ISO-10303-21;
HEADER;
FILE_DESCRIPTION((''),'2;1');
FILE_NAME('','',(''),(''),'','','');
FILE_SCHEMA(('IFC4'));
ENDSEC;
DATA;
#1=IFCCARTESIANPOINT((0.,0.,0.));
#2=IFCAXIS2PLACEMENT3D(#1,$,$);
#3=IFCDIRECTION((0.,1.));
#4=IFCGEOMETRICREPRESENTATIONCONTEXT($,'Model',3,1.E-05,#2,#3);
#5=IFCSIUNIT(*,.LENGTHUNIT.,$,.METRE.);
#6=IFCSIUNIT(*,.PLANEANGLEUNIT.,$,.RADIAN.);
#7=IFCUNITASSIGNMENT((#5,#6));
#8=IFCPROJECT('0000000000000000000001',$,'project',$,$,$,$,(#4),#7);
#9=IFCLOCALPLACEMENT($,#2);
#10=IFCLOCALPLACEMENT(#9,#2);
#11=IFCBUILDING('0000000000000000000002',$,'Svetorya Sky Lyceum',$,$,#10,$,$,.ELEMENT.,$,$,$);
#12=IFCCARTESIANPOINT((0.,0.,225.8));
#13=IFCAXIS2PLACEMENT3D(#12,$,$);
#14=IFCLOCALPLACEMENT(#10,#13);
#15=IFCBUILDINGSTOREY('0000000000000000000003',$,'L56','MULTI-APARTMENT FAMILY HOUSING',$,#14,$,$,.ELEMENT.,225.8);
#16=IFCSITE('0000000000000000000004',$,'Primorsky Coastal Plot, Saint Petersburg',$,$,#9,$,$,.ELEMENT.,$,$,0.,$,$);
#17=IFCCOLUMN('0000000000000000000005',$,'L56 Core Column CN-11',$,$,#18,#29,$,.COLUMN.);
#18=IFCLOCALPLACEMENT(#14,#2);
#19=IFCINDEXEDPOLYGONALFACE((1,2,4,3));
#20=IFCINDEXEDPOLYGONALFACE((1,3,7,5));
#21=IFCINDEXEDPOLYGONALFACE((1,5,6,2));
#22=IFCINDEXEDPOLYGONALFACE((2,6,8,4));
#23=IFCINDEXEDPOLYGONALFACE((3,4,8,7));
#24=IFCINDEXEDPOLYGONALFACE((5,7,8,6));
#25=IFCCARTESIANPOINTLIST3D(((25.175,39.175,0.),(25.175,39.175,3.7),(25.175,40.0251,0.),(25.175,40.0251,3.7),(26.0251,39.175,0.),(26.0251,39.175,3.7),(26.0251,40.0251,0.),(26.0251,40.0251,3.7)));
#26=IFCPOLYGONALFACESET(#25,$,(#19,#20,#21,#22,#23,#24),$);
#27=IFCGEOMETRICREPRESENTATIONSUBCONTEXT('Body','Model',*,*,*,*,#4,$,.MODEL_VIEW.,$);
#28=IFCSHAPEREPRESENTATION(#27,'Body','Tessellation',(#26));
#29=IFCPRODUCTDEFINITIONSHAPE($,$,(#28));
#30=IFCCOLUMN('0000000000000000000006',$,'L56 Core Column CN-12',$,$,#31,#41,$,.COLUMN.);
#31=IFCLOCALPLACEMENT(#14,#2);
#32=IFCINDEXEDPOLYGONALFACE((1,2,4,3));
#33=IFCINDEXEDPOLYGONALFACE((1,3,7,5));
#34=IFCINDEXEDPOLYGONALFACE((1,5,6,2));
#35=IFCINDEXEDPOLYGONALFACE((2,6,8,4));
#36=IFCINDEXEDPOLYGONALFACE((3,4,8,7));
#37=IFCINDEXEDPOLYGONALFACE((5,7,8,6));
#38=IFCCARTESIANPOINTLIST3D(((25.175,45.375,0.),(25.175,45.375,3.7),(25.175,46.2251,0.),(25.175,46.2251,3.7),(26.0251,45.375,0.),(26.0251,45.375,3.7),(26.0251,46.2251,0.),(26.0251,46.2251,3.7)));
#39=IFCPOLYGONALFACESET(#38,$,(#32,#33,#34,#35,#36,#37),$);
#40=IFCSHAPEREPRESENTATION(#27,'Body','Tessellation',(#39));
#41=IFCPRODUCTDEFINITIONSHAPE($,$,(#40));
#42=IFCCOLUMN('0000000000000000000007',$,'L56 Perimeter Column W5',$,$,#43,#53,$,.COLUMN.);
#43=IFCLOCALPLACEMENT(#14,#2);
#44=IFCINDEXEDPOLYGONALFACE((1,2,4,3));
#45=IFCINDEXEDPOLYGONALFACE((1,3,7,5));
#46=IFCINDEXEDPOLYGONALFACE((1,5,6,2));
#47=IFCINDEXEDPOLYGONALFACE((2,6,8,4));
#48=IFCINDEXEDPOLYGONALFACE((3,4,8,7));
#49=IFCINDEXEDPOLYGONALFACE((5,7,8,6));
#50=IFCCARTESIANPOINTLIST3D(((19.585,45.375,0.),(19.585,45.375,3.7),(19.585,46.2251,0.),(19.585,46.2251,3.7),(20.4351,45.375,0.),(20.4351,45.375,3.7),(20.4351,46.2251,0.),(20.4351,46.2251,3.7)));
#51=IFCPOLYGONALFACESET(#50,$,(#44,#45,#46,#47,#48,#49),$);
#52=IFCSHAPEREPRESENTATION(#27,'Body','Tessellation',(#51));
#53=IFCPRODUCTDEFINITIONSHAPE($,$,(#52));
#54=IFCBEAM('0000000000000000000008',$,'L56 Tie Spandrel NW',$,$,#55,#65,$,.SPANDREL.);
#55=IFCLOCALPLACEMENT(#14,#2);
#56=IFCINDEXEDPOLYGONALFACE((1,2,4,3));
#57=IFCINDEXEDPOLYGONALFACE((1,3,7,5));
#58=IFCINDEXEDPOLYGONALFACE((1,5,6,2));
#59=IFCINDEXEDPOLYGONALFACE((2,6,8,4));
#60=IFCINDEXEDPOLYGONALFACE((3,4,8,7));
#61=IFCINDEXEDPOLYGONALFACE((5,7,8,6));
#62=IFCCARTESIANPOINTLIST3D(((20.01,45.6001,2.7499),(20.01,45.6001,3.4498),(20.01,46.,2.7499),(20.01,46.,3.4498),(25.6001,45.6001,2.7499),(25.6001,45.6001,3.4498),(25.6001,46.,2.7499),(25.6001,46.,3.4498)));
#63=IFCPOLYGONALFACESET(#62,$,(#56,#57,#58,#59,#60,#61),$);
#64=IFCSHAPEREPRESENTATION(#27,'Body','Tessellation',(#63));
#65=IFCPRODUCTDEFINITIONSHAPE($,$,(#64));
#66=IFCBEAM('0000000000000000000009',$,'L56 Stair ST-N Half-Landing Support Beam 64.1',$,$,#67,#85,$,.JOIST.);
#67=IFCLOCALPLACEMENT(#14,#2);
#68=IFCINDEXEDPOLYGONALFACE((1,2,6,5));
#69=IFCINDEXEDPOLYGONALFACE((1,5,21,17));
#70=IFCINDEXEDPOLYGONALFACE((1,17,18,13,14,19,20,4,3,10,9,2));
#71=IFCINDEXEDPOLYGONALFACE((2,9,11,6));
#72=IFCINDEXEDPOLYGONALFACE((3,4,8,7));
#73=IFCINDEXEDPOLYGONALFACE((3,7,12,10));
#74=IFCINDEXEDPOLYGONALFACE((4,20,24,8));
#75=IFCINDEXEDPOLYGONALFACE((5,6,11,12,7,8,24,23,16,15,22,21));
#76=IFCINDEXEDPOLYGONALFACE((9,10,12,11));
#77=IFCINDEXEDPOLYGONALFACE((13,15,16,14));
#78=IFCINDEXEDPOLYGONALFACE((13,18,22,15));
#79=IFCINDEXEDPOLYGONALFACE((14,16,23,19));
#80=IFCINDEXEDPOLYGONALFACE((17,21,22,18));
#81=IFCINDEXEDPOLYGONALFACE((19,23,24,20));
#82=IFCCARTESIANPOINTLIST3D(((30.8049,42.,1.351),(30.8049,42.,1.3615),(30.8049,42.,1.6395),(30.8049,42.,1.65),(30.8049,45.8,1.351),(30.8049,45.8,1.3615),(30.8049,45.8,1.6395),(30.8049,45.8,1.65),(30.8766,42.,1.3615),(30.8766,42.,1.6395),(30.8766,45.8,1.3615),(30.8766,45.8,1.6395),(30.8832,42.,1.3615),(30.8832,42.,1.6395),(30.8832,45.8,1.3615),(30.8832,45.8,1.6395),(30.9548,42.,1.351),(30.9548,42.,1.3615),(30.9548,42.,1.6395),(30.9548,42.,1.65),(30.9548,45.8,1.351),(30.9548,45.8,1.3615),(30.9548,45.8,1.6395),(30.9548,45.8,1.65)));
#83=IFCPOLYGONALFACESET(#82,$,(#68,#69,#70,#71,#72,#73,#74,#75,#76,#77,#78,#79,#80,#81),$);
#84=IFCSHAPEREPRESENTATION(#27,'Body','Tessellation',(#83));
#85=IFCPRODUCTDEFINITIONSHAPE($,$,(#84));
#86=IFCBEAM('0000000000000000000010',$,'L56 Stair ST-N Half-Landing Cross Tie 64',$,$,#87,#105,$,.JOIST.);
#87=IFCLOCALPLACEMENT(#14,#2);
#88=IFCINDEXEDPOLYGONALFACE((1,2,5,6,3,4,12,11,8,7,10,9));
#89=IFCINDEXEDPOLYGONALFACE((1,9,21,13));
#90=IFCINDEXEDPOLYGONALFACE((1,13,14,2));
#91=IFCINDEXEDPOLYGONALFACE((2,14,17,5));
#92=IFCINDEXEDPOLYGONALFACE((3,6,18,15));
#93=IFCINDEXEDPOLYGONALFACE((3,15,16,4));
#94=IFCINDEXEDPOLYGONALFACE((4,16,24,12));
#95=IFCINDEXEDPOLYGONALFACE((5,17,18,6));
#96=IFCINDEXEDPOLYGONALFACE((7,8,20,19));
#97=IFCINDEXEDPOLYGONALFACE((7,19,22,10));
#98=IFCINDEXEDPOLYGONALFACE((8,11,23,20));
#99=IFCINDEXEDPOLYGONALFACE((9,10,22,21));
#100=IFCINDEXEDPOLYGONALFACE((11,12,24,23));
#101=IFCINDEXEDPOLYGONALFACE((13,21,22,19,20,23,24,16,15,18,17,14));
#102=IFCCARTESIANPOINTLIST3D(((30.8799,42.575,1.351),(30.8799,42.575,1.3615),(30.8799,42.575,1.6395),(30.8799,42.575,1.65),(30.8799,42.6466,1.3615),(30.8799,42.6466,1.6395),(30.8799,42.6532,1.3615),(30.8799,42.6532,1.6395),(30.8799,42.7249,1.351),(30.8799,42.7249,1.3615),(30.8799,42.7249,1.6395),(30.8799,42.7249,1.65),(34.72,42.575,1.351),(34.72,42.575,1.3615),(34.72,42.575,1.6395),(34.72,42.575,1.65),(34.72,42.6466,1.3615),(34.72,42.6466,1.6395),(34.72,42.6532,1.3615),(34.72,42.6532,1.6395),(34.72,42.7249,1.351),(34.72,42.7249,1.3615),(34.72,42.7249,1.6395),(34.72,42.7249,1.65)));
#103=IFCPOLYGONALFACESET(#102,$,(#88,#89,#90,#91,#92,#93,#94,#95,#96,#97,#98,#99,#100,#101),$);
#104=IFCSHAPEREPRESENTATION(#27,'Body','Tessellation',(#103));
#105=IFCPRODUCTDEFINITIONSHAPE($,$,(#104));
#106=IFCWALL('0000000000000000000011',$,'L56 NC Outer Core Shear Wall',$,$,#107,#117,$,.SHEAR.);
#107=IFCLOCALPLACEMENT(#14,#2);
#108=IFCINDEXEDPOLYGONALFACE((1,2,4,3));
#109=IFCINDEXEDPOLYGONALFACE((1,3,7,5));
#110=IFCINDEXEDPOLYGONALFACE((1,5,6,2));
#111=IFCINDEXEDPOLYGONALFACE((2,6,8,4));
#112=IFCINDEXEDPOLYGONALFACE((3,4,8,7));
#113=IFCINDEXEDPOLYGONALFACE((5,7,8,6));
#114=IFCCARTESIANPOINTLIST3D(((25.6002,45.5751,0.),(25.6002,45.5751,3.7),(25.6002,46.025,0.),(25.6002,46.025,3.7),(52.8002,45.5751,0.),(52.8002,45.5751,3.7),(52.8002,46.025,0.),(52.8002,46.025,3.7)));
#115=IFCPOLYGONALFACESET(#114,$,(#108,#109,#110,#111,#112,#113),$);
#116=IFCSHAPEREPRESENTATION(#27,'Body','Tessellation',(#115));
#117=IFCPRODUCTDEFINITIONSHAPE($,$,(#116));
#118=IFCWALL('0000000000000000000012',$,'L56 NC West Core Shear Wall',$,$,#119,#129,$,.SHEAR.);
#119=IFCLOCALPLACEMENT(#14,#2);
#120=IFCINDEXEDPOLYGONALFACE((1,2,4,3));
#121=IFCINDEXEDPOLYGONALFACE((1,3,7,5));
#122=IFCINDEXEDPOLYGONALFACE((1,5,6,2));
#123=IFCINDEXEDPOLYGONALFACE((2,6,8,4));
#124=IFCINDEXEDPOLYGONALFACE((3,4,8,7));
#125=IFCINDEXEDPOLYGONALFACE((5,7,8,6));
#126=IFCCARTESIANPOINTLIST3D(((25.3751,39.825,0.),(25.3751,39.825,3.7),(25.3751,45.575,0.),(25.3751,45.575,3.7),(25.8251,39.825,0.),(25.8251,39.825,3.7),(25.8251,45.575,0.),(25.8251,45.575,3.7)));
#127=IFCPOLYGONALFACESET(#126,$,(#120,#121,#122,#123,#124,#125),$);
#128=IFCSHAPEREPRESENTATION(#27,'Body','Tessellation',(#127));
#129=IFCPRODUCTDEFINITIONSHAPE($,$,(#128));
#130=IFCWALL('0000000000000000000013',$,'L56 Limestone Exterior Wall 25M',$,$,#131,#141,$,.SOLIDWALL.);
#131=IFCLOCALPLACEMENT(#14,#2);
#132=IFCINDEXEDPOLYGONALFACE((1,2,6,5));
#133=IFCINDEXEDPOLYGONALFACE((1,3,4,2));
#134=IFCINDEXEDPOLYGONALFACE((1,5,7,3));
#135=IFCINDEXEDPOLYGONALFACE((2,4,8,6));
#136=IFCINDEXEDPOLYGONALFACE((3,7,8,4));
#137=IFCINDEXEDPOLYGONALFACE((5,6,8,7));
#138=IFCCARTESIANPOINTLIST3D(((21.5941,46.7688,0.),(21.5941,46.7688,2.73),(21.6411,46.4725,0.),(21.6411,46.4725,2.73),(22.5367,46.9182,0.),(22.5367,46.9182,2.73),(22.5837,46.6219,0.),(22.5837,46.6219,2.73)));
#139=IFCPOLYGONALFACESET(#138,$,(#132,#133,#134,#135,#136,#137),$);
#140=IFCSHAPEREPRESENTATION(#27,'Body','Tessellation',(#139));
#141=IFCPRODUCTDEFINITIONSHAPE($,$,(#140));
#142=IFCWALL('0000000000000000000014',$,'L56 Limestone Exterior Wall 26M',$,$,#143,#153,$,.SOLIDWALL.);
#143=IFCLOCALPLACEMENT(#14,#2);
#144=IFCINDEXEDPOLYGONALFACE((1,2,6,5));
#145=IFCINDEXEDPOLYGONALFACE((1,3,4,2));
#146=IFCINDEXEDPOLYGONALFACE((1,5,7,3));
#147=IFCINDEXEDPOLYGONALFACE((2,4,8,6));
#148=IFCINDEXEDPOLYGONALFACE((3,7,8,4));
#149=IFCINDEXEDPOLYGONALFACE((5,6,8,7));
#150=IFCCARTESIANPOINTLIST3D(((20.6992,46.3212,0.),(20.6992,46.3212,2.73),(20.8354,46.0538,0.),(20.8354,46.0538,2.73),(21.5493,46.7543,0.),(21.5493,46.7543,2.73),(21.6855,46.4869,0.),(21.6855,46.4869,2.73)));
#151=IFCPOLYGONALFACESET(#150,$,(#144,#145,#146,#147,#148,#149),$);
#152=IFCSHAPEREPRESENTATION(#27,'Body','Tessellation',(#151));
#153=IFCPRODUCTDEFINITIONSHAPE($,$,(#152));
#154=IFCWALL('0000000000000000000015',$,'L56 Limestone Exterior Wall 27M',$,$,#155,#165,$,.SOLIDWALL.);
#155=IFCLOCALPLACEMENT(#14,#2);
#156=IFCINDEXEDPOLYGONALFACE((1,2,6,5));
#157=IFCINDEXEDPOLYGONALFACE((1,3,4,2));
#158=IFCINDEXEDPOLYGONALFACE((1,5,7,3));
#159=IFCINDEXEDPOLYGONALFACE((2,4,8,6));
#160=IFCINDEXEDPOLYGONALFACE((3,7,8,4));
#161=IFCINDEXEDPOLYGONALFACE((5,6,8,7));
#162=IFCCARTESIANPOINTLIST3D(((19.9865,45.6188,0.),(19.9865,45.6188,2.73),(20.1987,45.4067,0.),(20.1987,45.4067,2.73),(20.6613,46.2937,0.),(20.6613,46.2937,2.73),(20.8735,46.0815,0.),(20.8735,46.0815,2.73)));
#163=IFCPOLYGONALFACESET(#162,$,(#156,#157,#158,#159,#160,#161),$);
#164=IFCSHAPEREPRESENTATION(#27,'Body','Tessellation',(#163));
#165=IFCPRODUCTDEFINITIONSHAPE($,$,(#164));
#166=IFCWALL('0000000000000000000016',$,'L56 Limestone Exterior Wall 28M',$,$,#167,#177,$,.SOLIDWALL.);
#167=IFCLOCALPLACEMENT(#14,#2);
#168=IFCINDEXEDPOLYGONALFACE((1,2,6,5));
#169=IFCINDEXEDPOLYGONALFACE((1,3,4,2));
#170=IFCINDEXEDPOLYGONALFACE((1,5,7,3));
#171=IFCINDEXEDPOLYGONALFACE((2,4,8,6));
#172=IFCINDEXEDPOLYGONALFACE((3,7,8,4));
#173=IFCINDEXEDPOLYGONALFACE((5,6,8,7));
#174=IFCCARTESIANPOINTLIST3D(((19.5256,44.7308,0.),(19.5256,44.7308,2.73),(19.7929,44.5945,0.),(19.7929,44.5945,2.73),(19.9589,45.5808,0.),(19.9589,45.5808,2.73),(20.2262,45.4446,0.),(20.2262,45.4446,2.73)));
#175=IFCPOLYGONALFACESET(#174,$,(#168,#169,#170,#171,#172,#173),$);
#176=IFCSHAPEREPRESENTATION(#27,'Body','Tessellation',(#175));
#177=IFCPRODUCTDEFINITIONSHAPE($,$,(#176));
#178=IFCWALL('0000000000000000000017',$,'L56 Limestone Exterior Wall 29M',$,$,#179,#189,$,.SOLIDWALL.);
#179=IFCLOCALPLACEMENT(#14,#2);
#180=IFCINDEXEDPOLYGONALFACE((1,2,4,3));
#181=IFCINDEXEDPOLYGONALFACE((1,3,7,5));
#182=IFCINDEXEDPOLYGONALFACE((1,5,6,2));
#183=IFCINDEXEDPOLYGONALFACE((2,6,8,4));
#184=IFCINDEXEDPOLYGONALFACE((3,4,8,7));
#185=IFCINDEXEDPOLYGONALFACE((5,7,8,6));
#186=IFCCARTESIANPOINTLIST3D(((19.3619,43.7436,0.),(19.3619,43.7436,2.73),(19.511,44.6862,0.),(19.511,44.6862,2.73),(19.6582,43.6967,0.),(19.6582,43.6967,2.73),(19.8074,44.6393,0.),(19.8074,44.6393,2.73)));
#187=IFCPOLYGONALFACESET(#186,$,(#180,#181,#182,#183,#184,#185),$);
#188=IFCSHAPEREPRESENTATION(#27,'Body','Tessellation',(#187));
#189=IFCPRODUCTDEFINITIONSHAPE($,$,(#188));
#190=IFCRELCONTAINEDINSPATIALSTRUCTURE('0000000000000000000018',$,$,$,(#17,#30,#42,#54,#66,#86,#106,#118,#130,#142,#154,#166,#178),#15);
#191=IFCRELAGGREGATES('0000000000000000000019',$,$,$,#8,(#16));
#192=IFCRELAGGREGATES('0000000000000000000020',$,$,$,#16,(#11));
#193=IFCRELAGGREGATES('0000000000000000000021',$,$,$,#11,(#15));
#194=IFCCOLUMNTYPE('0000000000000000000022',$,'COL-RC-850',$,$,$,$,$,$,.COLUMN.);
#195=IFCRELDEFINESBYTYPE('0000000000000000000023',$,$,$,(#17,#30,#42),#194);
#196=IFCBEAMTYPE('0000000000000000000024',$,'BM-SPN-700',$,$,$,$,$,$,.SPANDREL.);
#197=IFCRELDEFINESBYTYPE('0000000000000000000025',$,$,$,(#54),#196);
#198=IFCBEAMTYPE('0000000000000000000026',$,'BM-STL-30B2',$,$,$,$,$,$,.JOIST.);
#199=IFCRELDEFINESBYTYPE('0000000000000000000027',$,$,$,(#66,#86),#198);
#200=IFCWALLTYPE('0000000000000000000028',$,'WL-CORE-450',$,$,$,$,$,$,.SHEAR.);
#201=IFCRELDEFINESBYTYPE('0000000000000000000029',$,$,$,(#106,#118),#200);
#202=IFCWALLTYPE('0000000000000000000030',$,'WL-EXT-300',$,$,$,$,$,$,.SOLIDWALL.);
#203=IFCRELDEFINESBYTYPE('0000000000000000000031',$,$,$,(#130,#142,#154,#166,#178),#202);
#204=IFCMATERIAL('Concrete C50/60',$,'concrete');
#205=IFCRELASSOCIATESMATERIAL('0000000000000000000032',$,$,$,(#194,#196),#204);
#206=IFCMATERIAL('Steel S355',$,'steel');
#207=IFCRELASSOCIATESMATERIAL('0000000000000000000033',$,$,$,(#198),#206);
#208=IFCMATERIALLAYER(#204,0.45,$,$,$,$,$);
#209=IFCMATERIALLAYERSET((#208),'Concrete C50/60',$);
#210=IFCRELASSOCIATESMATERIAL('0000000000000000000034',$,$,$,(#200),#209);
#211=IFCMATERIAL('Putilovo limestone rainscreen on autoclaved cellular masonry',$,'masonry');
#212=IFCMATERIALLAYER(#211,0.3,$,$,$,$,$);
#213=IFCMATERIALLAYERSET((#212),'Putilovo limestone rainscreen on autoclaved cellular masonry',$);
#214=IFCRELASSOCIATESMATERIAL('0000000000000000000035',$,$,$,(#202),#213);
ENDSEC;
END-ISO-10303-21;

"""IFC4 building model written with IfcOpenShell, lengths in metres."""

from ifc_helpers import new_model, si_unit, direction, frame, frame_2d, origin, origin_2d, place, context, subcontext, project, spatial, rectangle, i_section, extrude, material, layer, layer_set, material_profile, profile_set, type_object, element, save


model = new_model("IFC4")

# Units and contexts
model_context = context("Model", 3, precision=1e-05, world=origin(), true_north=direction((0.0, 1.0)))
body_context = subcontext(model_context, "Body", "Model", "MODEL_VIEW")
ifc_project = project(units=[si_unit("LENGTHUNIT", "METRE"), si_unit("PLANEANGLEUNIT", "RADIAN")], contexts=[model_context])

# Site, building, storey
site_placement = place(None, origin())
site = spatial("IfcSite", under=ifc_project, at=site_placement, Name="Primorsky Coastal Plot, Saint Petersburg", CompositionType="ELEMENT", RefElevation=0.0)
building_placement = place(site_placement, origin())
building = spatial("IfcBuilding", under=site, at=building_placement, Name="Svetorya Sky Lyceum", CompositionType="ELEMENT")
storey_placement = place(building_placement, frame((0.0, 0.0, 225.8)))
storey = spatial("IfcBuildingStorey", under=building, at=storey_placement, Name="L56", Description="MULTI-APARTMENT FAMILY HOUSING", CompositionType="ELEMENT", Elevation=225.8)

# Columns
ifc_material_1 = material(Name="Concrete C50/60", Category="concrete")
ifc_material_profile_1 = material_profile(ifc_material_1, rectangle(XDim=0.8501, YDim=0.8501, at=origin_2d()), Name="RC COL 850x850")
ifc_profile_set_1 = profile_set([ifc_material_profile_1], Name="Concrete C50/60")
column_type = type_object("IfcColumnType", Name="COL-RC-850", PredefinedType="COLUMN", material=ifc_profile_set_1)
for number, where, z_axis, x_axis, name in (
    (1, (25.6001, 39.6001, 0.0), (0.0, 0.0, 1.0), (1.0, 0.0, 0.0), "L56 Core Column CN-11"),
    (2, (25.6001, 45.8, 0.0), (0.0, 0.0, 1.0), (1.0, 0.0, 0.0), "L56 Core Column CN-12"),
    (3, (20.01, 45.8, 0.0), (0.0, 0.0, 1.0), (1.0, 0.0, 0.0), "L56 Perimeter Column W5"),
):
    element("IfcColumn", number, at=place(storey_placement, frame(where, z_axis=z_axis, x_axis=x_axis)), inside=storey, type_object=column_type, Name=name, PredefinedType="COLUMN", context=body_context, shape_type="SweptSolid", body=[
        extrude(rectangle(XDim=0.8501, YDim=0.8501, at=origin_2d()), origin(), (0.0, 0.0, 1.0), 3.7),
    ])

# Beams
ifc_material_profile_2 = material_profile(ifc_material_1, rectangle(XDim=0.3999, YDim=0.7, at=origin_2d()), Name="RC SPANDREL 400x700")
ifc_profile_set_2 = profile_set([ifc_material_profile_2], Name="Concrete C50/60")
beam_type_1 = type_object("IfcBeamType", Name="BM-SPN-700", PredefinedType="SPANDREL", material=ifc_profile_set_2)
beam_1_placement = place(storey_placement, frame((20.01, 45.8, 3.0999), z_axis=(1.0, 0.0, 0.0), x_axis=(0.0, 1.0, 0.0)))
element("IfcBeam", 4, at=beam_1_placement, inside=storey, type_object=beam_type_1, Name="L56 Tie Spandrel NW", PredefinedType="SPANDREL", context=body_context, shape_type="SweptSolid", body=[
    extrude(rectangle(XDim=0.3999, YDim=0.7, at=origin_2d()), origin(), (0.0, 0.0, 1.0), 5.5901),
])
ifc_material_2 = material(Name="Steel S355", Category="steel")
ifc_material_profile_3 = material_profile(ifc_material_2, i_section(OverallWidth=0.1499, OverallDepth=0.2991, WebThickness=0.0066, FlangeThickness=0.0105, at=origin_2d()), Name="GOST 30B2")
ifc_profile_set_3 = profile_set([ifc_material_profile_3], Name="Steel S355")
beam_type_2 = type_object("IfcBeamType", Name="BM-STL-30B2", PredefinedType="JOIST", material=ifc_profile_set_3)
beam_2_placement = place(storey_placement, frame((30.8799, 42.0, 1.5005), z_axis=(0.0, 1.0, 0.0), x_axis=(-1.0, 0.0, 0.0)))
element("IfcBeam", 5, at=beam_2_placement, inside=storey, type_object=beam_type_2, Name="L56 Stair ST-N Half-Landing Support Beam 64.1", PredefinedType="JOIST", context=body_context, shape_type="SweptSolid", body=[
    extrude(i_section(OverallWidth=0.1499, OverallDepth=0.2991, WebThickness=0.0066, FlangeThickness=0.0105, at=origin_2d()), origin(), (0.0, 0.0, 1.0), 3.8),
])
beam_3_placement = place(storey_placement, frame((30.8799, 42.6499, 1.5005), z_axis=(1.0, 0.0, 0.0), x_axis=(0.0, 1.0, 0.0)))
element("IfcBeam", 6, at=beam_3_placement, inside=storey, type_object=beam_type_2, Name="L56 Stair ST-N Half-Landing Cross Tie 64", PredefinedType="JOIST", context=body_context, shape_type="SweptSolid", body=[
    extrude(i_section(OverallWidth=0.1499, OverallDepth=0.2991, WebThickness=0.0066, FlangeThickness=0.0105, at=origin_2d()), origin(), (0.0, 0.0, 1.0), 3.8401),
])

# Walls
ifc_layer_1 = layer(ifc_material_1, 0.45)
ifc_layer_set_1 = layer_set([ifc_layer_1], Name="Concrete C50/60")
wall_type_1 = type_object("IfcWallType", Name="WL-CORE-450", PredefinedType="SHEAR", material=ifc_layer_set_1)
wall_1_placement = place(storey_placement, frame((25.6001, 45.8, 0.0), z_axis=(0.0, 0.0, 1.0), x_axis=(1.0, 0.0, 0.0)))
element("IfcWall", 7, at=wall_1_placement, inside=storey, type_object=wall_type_1, Name="L56 NC Outer Core Shear Wall", PredefinedType="SHEAR", context=body_context, shape_type="SweptSolid", body=[
    extrude(rectangle(XDim=27.2, YDim=0.45, at=frame_2d((13.6001, 0.0))), origin(), (0.0, 0.0, 1.0), 3.7),
])
wall_2_placement = place(storey_placement, frame((25.6001, 39.825, 0.0), z_axis=(0.0, 0.0, 1.0), x_axis=(0.0, 1.0, 0.0)))
element("IfcWall", 8, at=wall_2_placement, inside=storey, type_object=wall_type_1, Name="L56 NC West Core Shear Wall", PredefinedType="SHEAR", context=body_context, shape_type="SweptSolid", body=[
    extrude(rectangle(XDim=5.75, YDim=0.45, at=frame_2d((2.875, 0.0))), origin(), (0.0, 0.0, 1.0), 3.7),
])
ifc_material_3 = material(Name="Putilovo limestone rainscreen on autoclaved cellular masonry", Category="masonry")
ifc_layer_2 = layer(ifc_material_3, 0.3)
ifc_layer_set_2 = layer_set([ifc_layer_2], Name="Putilovo limestone rainscreen on autoclaved cellular masonry")
wall_type_2 = type_object("IfcWallType", Name="WL-EXT-300", PredefinedType="SOLIDWALL", material=ifc_layer_set_2)
wall_3_placement = place(storey_placement, frame((22.5601, 46.77, 0.0), z_axis=(0.0, 0.0, 1.0), x_axis=(-0.987669, -0.156554, 0.0)))
element("IfcWall", 9, at=wall_3_placement, inside=storey, type_object=wall_type_2, Name="L56 Limestone Exterior Wall 25M", PredefinedType="SOLIDWALL", context=body_context, shape_type="SweptSolid", body=[
    extrude(rectangle(XDim=0.9543, YDim=0.3, at=frame_2d((0.4771, 0.0))), origin(), (0.0, 0.0, 1.0), 2.73),
])
wall_4_placement = place(storey_placement, frame((21.6174, 46.6206, 0.0), z_axis=(0.0, 0.0, 1.0), x_axis=(-0.891024, -0.453956, 0.0)))
element("IfcWall", 10, at=wall_4_placement, inside=storey, type_object=wall_type_2, Name="L56 Limestone Exterior Wall 26M", PredefinedType="SOLIDWALL", context=body_context, shape_type="SweptSolid", body=[
    extrude(rectangle(XDim=0.9541, YDim=0.3, at=frame_2d((0.4771, 0.0))), origin(), (0.0, 0.0, 1.0), 2.73),
])
wall_5_placement = place(storey_placement, frame((20.7673, 46.1875, 0.0), z_axis=(0.0, 0.0, 1.0), x_axis=(-0.707107, -0.707107, 0.0)))
element("IfcWall", 11, at=wall_5_placement, inside=storey, type_object=wall_type_2, Name="L56 Limestone Exterior Wall 27M", PredefinedType="SOLIDWALL", context=body_context, shape_type="SweptSolid", body=[
    extrude(rectangle(XDim=0.9543, YDim=0.3, at=frame_2d((0.4771, 0.0))), origin(), (0.0, 0.0, 1.0), 2.73),
])
wall_6_placement = place(storey_placement, frame((20.0925, 45.5127, 0.0), z_axis=(0.0, 0.0, 1.0), x_axis=(-0.45416, -0.89092, 0.0)))
element("IfcWall", 12, at=wall_6_placement, inside=storey, type_object=wall_type_2, Name="L56 Limestone Exterior Wall 28M", PredefinedType="SOLIDWALL", context=body_context, shape_type="SweptSolid", body=[
    extrude(rectangle(XDim=0.9541, YDim=0.3, at=frame_2d((0.4771, 0.0))), origin(), (0.0, 0.0, 1.0), 2.73),
])
wall_7_placement = place(storey_placement, frame((19.6592, 44.6626, 0.0), z_axis=(0.0, 0.0, 1.0), x_axis=(-0.156304, -0.987709, 0.0)))
element("IfcWall", 13, at=wall_7_placement, inside=storey, type_object=wall_type_2, Name="L56 Limestone Exterior Wall 29M", PredefinedType="SOLIDWALL", context=body_context, shape_type="SweptSolid", body=[
    extrude(rectangle(XDim=0.9543, YDim=0.3, at=frame_2d((0.4771, 0.0))), origin(), (0.0, 0.0, 1.0), 2.73),
])

save(model, "model.ifc")
